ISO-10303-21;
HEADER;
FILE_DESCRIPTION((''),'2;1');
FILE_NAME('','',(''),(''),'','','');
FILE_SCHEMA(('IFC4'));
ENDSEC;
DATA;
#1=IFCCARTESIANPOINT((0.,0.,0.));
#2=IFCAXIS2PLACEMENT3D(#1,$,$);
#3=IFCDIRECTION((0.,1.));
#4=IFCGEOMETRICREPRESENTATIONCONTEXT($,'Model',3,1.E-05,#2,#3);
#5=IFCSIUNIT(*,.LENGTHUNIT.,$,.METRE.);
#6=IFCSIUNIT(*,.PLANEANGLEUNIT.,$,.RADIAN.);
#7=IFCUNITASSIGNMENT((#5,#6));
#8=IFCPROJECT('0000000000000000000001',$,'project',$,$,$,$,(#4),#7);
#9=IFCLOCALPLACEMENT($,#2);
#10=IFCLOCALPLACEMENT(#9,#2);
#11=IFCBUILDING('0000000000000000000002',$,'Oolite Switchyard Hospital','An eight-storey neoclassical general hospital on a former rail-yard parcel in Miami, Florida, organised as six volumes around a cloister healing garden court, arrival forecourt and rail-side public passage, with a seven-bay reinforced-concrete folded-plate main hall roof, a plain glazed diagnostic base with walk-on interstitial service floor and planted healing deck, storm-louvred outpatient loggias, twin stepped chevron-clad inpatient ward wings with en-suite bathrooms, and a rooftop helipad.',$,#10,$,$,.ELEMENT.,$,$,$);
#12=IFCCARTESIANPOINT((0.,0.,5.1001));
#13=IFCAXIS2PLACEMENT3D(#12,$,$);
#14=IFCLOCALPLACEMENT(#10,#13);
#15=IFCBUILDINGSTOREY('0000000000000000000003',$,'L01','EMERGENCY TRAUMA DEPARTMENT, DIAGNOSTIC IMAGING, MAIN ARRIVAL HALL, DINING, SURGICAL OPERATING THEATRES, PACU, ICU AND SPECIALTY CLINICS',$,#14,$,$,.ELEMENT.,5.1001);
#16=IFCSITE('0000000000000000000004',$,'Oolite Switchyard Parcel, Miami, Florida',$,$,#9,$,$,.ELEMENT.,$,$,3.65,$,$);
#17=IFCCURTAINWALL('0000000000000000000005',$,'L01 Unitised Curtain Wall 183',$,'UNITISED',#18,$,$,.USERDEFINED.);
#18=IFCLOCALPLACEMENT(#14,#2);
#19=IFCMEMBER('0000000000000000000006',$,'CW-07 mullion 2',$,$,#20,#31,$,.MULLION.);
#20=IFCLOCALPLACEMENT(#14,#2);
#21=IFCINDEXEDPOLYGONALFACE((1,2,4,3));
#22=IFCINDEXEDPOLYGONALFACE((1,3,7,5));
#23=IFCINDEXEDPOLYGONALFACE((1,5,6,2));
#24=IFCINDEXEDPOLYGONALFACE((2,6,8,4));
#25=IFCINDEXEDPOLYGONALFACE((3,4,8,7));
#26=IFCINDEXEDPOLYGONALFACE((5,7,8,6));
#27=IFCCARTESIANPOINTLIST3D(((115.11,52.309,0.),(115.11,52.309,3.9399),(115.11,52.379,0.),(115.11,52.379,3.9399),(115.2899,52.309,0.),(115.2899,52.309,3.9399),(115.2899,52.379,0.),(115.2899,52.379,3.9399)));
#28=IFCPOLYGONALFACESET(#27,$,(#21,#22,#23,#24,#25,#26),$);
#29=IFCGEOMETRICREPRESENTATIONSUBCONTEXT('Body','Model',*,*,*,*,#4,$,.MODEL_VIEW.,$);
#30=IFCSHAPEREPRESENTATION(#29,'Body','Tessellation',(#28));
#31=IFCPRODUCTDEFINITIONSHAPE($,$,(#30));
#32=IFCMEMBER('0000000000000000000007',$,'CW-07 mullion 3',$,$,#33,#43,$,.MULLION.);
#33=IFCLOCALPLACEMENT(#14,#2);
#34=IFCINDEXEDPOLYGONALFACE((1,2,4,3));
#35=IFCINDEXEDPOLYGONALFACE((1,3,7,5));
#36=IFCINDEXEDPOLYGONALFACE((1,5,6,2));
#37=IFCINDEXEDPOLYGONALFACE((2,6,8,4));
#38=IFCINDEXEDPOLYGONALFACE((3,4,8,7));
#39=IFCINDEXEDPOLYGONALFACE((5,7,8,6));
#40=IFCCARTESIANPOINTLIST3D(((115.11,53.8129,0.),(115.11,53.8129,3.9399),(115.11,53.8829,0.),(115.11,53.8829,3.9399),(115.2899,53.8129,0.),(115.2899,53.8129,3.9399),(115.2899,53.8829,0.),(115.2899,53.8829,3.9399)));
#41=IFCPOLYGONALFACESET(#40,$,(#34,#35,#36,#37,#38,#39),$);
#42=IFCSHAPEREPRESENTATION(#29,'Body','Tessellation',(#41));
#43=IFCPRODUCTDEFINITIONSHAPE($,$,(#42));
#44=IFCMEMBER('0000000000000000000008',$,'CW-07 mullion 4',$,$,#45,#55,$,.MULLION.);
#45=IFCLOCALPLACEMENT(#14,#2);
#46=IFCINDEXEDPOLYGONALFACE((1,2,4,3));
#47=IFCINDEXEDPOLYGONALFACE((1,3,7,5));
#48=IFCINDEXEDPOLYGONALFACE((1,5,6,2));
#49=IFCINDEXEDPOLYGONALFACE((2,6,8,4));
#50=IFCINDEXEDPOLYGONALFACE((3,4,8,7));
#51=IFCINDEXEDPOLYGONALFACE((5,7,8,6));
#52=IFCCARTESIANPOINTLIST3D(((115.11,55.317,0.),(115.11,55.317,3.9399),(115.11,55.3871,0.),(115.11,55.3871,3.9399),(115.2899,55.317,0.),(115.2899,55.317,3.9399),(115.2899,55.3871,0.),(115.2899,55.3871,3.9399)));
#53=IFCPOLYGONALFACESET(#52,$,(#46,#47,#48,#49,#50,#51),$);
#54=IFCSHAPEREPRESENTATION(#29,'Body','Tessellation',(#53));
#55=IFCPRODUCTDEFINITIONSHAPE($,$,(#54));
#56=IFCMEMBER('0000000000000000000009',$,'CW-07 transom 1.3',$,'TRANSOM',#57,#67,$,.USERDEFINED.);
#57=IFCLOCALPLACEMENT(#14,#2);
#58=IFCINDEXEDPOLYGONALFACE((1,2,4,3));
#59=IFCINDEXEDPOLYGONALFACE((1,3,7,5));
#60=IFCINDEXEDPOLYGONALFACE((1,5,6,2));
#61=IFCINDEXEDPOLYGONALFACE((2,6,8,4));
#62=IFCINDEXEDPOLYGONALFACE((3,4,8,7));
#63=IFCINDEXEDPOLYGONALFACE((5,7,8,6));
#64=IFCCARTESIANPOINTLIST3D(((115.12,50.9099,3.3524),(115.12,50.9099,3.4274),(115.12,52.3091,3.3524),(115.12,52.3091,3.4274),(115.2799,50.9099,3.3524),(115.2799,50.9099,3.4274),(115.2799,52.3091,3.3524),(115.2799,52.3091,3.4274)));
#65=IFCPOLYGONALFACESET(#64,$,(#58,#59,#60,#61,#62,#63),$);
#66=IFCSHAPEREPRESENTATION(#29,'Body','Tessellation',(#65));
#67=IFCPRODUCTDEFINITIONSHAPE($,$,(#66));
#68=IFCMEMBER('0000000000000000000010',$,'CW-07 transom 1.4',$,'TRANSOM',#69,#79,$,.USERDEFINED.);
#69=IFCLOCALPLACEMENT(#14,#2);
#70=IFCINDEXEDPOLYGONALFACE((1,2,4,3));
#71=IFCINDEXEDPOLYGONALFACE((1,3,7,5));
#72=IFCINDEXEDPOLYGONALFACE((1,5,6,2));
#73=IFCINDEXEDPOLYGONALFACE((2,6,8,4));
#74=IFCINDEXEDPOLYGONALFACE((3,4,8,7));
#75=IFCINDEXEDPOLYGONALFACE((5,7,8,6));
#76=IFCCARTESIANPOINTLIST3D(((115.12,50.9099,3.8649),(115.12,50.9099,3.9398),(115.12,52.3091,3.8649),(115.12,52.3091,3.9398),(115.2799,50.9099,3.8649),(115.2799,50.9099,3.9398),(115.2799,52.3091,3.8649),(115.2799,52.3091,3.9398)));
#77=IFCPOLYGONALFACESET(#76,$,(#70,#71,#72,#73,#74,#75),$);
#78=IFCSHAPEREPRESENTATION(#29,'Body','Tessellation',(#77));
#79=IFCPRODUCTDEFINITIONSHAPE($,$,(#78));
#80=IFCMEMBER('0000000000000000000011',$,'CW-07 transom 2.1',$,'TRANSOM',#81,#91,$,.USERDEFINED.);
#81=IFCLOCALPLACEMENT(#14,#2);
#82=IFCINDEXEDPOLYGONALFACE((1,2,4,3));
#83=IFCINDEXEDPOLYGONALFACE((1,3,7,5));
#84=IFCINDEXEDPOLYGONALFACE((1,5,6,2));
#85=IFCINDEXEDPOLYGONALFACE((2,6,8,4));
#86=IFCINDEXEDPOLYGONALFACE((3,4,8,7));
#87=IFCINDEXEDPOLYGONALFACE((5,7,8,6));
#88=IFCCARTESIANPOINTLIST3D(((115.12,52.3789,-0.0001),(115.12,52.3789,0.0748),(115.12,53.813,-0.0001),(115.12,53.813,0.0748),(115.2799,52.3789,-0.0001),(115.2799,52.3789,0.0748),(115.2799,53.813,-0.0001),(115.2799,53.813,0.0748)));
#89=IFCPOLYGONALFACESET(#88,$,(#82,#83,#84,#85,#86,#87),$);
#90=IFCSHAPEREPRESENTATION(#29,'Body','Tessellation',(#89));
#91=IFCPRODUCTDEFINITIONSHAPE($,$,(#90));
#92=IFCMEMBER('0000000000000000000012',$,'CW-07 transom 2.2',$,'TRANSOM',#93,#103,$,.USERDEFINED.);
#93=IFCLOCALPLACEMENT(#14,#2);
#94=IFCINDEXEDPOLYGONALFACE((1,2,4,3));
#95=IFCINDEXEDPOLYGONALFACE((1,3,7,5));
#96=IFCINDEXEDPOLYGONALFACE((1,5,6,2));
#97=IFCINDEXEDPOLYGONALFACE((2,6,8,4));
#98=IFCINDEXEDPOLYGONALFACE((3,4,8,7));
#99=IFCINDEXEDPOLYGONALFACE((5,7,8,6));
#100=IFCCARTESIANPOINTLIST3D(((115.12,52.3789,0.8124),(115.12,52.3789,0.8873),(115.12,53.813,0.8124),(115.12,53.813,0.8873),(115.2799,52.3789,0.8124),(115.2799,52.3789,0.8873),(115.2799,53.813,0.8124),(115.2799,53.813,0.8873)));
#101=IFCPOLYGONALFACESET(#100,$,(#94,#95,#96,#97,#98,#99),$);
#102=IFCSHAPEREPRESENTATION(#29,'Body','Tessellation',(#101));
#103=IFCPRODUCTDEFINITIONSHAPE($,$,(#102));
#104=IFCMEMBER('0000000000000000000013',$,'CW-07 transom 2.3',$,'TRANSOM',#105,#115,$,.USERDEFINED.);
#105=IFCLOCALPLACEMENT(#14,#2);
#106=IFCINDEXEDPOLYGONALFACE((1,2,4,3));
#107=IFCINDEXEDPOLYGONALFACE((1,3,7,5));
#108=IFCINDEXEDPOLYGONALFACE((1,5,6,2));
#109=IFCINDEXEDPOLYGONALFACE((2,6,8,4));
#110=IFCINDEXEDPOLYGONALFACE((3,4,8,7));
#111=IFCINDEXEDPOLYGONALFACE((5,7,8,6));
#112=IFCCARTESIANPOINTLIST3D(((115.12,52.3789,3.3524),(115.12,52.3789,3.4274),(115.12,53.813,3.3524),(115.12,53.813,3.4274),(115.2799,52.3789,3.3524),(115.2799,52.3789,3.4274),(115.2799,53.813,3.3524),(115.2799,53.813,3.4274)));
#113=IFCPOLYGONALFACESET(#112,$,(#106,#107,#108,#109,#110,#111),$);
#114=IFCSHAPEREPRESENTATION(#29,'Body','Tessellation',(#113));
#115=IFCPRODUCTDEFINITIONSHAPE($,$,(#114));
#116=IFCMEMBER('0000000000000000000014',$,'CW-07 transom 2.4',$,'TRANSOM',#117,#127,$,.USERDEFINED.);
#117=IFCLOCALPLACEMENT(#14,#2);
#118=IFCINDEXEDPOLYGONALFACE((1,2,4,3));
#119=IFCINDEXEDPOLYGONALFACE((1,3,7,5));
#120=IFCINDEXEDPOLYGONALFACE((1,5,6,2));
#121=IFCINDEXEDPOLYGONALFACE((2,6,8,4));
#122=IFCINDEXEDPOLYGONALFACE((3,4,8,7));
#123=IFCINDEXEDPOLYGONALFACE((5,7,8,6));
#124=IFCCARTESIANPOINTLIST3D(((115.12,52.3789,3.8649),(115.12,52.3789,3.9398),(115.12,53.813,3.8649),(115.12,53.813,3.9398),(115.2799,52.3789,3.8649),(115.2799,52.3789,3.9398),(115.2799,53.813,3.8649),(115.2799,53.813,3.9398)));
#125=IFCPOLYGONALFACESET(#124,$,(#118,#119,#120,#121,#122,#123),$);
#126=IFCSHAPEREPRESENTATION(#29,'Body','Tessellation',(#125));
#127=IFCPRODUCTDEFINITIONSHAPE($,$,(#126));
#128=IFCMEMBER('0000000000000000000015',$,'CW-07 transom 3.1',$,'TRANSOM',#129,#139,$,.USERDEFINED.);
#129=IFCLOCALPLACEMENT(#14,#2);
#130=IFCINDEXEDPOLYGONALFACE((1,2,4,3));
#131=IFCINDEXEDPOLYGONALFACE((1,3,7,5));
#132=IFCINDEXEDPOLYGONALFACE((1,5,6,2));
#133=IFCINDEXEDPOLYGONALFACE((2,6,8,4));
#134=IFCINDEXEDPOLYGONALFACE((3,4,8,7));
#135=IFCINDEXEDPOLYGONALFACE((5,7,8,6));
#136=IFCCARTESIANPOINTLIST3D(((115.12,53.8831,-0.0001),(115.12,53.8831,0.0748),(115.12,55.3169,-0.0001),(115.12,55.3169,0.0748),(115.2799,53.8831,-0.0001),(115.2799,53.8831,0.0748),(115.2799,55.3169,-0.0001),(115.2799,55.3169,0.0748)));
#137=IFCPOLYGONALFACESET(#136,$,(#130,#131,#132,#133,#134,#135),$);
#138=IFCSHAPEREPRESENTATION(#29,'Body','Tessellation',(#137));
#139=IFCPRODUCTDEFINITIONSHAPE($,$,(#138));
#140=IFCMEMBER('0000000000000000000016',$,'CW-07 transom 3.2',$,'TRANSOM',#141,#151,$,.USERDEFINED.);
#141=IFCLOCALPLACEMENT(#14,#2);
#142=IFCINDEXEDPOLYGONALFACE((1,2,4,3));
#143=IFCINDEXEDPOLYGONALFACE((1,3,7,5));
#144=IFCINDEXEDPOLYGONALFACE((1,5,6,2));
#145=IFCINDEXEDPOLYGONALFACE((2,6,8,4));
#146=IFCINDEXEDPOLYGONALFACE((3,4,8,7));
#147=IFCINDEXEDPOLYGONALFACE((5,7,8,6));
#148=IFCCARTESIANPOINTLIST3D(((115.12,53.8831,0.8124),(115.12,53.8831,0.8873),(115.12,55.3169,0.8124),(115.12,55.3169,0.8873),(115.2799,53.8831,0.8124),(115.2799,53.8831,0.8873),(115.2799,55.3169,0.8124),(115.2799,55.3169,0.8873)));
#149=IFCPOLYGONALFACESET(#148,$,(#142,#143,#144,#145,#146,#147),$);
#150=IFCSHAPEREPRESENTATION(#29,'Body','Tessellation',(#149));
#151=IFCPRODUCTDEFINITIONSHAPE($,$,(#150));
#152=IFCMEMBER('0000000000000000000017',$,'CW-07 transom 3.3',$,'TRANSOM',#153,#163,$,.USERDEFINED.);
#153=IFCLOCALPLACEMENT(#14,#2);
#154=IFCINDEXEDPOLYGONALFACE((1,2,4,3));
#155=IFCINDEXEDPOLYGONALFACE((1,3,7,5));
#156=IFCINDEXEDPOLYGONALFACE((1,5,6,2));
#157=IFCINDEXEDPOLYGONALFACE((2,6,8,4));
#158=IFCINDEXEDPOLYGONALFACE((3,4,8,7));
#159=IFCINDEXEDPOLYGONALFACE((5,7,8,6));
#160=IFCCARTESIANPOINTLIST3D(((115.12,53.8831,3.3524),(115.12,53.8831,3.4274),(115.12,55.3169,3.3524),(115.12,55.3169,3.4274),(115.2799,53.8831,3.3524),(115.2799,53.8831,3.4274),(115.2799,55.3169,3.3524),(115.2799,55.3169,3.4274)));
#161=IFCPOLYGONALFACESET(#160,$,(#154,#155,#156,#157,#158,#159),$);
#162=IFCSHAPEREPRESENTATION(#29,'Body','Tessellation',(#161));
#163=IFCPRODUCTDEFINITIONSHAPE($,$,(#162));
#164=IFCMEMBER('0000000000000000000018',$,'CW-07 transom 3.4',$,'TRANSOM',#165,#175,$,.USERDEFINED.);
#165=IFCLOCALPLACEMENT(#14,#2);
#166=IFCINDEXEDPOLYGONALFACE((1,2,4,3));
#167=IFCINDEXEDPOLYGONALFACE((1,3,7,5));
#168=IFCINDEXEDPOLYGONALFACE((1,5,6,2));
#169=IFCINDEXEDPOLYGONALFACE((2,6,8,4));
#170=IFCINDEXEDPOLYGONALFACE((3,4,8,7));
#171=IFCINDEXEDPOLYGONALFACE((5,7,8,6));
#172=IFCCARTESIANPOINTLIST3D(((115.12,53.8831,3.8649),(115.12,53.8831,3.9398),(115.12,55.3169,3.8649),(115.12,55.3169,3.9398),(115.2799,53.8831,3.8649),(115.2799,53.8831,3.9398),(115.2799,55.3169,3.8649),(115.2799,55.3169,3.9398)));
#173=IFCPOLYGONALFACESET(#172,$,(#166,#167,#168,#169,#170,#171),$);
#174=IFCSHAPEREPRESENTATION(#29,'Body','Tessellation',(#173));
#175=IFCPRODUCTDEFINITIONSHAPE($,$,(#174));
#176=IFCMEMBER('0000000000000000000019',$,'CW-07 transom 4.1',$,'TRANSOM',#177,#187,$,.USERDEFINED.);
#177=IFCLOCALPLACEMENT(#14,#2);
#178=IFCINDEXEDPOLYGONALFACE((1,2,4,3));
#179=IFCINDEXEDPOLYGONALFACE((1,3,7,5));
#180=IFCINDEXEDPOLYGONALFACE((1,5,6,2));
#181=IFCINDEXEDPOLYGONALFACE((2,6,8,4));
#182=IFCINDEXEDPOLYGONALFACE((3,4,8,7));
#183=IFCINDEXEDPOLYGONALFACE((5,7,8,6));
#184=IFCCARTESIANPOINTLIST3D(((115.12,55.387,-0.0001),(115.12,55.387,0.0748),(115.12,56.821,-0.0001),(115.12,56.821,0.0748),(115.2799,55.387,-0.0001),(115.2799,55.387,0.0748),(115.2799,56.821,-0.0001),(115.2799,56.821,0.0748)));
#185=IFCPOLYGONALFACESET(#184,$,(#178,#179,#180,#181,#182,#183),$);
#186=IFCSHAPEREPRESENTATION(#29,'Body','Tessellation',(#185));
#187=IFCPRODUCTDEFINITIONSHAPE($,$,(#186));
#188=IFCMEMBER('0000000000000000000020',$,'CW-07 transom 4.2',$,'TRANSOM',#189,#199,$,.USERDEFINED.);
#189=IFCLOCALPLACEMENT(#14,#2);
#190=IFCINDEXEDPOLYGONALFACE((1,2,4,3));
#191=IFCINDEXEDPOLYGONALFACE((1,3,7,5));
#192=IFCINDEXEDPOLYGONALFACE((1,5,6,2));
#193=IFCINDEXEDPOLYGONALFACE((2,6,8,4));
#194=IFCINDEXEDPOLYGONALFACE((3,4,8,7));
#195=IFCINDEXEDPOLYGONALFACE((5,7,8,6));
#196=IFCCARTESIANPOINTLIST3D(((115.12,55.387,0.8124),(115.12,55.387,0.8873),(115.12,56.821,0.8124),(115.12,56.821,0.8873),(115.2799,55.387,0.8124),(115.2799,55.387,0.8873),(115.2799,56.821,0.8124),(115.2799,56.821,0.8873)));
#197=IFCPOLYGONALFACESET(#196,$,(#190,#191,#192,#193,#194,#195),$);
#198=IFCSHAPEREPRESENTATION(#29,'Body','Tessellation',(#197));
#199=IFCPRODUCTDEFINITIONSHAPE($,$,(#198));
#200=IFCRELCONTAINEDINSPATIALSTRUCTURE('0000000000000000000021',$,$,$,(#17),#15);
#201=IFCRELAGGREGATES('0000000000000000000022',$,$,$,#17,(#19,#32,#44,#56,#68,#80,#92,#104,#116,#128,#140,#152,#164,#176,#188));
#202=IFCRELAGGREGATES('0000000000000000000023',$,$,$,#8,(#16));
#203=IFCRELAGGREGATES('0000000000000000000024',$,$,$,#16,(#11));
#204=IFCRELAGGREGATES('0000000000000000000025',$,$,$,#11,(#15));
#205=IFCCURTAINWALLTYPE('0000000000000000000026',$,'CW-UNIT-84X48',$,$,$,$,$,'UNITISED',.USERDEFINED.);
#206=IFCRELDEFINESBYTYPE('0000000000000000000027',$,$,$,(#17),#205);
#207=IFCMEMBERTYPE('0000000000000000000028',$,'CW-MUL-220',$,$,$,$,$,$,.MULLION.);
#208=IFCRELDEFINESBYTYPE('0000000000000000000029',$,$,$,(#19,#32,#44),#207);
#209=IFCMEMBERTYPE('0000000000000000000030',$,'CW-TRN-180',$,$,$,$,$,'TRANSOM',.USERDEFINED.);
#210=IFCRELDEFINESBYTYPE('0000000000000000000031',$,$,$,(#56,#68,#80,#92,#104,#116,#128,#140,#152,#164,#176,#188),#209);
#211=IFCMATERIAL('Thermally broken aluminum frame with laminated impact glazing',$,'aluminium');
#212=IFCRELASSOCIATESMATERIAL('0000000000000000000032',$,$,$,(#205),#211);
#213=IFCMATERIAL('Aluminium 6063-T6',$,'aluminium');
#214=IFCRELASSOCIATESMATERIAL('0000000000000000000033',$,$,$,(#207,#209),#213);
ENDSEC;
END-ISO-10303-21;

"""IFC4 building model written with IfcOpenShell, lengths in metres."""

from ifc_helpers import new_model, si_unit, direction, frame, origin, origin_2d, place, context, subcontext, project, spatial, rectangle, extrude, material, material_profile, profile_set, type_object, element, aggregate, save


model = new_model("IFC4")

# Units and contexts
model_context = context("Model", 3, precision=1e-05, world=origin(), true_north=direction((0.0, 1.0)))
body_context = subcontext(model_context, "Body", "Model", "MODEL_VIEW")
ifc_project = project(units=[si_unit("LENGTHUNIT", "METRE"), si_unit("PLANEANGLEUNIT", "RADIAN")], contexts=[model_context])

# Site, building, storey
site_placement = place(None, origin())
site = spatial("IfcSite", under=ifc_project, at=site_placement, Name="Oolite Switchyard Parcel, Miami, Florida", CompositionType="ELEMENT", RefElevation=3.65)
building_placement = place(site_placement, origin())
building = spatial("IfcBuilding", under=site, at=building_placement, Name="Oolite Switchyard Hospital", Description="An eight-storey neoclassical general hospital on a former rail-yard parcel in Miami, Florida, organised as six volumes around a cloister healing garden court, arrival forecourt and rail-side public passage, with a seven-bay reinforced-concrete folded-plate main hall roof, a plain glazed diagnostic base with walk-on interstitial service floor and planted healing deck, storm-louvred outpatient loggias, twin stepped chevron-clad inpatient ward wings with en-suite bathrooms, and a rooftop helipad.", CompositionType="ELEMENT")
storey_placement = place(building_placement, frame((0.0, 0.0, 5.1001)))
storey = spatial("IfcBuildingStorey", under=building, at=storey_placement, Name="L01", Description="EMERGENCY TRAUMA DEPARTMENT, DIAGNOSTIC IMAGING, MAIN ARRIVAL HALL, DINING, SURGICAL OPERATING THEATRES, PACU, ICU AND SPECIALTY CLINICS", CompositionType="ELEMENT", Elevation=5.1001)

# Curtain wall, members
ifc_material_1 = material(Name="Thermally broken aluminum frame with laminated impact glazing", Category="aluminium")
curtain_wall_type = type_object("IfcCurtainWallType", Name="CW-UNIT-84X48", ElementType="UNITISED", PredefinedType="USERDEFINED", material=ifc_material_1)
curtain_wall_placement = place(storey_placement, origin())
curtain_wall = element("IfcCurtainWall", 1, at=curtain_wall_placement, inside=storey, type_object=curtain_wall_type, Name="L01 Unitised Curtain Wall 183", ObjectType="UNITISED", PredefinedType="USERDEFINED")
ifc_material_2 = material(Name="Aluminium 6063-T6", Category="aluminium")
ifc_material_profile_1 = material_profile(ifc_material_2, rectangle(XDim=0.1799, YDim=0.0701, at=origin_2d()), Name="CWM70X180")
ifc_profile_set_1 = profile_set([ifc_material_profile_1], Name="Aluminium 6063-T6")
member_type_1 = type_object("IfcMemberType", Name="CW-MUL-220", PredefinedType="MULLION", material=ifc_profile_set_1)
member_1_placement = place(storey_placement, frame((115.2, 52.344, 0.0), z_axis=(0.0, 0.0, 1.0), x_axis=(-1.0, 0.0, 0.0)))
member_1 = element("IfcMember", 2, at=member_1_placement, type_object=member_type_1, Name="CW-07 mullion 2", PredefinedType="MULLION", context=body_context, shape_type="SweptSolid", body=[
    extrude(rectangle(XDim=0.1799, YDim=0.0701, at=origin_2d()), origin(), (0.0, 0.0, 1.0), 3.9399),
])
member_2_placement = place(storey_placement, frame((115.2, 53.8479, 0.0), z_axis=(0.0, 0.0, 1.0), x_axis=(-1.0, 0.0, 0.0)))
member_2 = element("IfcMember", 3, at=member_2_placement, type_object=member_type_1, Name="CW-07 mullion 3", PredefinedType="MULLION", context=body_context, shape_type="SweptSolid", body=[
    extrude(rectangle(XDim=0.1799, YDim=0.0701, at=origin_2d()), origin(), (0.0, 0.0, 1.0), 3.9399),
])
member_3_placement = place(storey_placement, frame((115.2, 55.3521, 0.0), z_axis=(0.0, 0.0, 1.0), x_axis=(-1.0, 0.0, 0.0)))
member_3 = element("IfcMember", 4, at=member_3_placement, type_object=member_type_1, Name="CW-07 mullion 4", PredefinedType="MULLION", context=body_context, shape_type="SweptSolid", body=[
    extrude(rectangle(XDim=0.1799, YDim=0.0701, at=origin_2d()), origin(), (0.0, 0.0, 1.0), 3.9399),
])
ifc_material_profile_2 = material_profile(ifc_material_2, rectangle(XDim=0.1599, YDim=0.075, at=origin_2d()), Name="CWT75X160")
ifc_profile_set_2 = profile_set([ifc_material_profile_2], Name="Aluminium 6063-T6")
member_type_2 = type_object("IfcMemberType", Name="CW-TRN-180", ElementType="TRANSOM", PredefinedType="USERDEFINED", material=ifc_profile_set_2)
member_4_placement = place(storey_placement, frame((115.2, 50.9099, 3.3899), z_axis=(0.0, 1.0, 0.0), x_axis=(-1.0, 0.0, 0.0)))
member_4 = element("IfcMember", 5, at=member_4_placement, type_object=member_type_2, Name="CW-07 transom 1.3", ObjectType="TRANSOM", PredefinedType="USERDEFINED", context=body_context, shape_type="SweptSolid", body=[
    extrude(rectangle(XDim=0.1599, YDim=0.075, at=origin_2d()), origin(), (0.0, 0.0, 1.0), 1.3992),
])
member_5_placement = place(storey_placement, frame((115.2, 50.9099, 3.9023), z_axis=(0.0, 1.0, 0.0), x_axis=(-1.0, 0.0, 0.0)))
member_5 = element("IfcMember", 6, at=member_5_placement, type_object=member_type_2, Name="CW-07 transom 1.4", ObjectType="TRANSOM", PredefinedType="USERDEFINED", context=body_context, shape_type="SweptSolid", body=[
    extrude(rectangle(XDim=0.1599, YDim=0.075, at=origin_2d()), origin(), (0.0, 0.0, 1.0), 1.3992),
])
member_6_placement = place(storey_placement, frame((115.2, 52.3789, 0.0374), z_axis=(0.0, 1.0, 0.0), x_axis=(-1.0, 0.0, 0.0)))
member_6 = element("IfcMember", 7, at=member_6_placement, type_object=member_type_2, Name="CW-07 transom 2.1", ObjectType="TRANSOM", PredefinedType="USERDEFINED", context=body_context, shape_type="SweptSolid", body=[
    extrude(rectangle(XDim=0.1599, YDim=0.075, at=origin_2d()), origin(), (0.0, 0.0, 1.0), 1.4341),
])
member_7_placement = place(storey_placement, frame((115.2, 52.3789, 0.8499), z_axis=(0.0, 1.0, 0.0), x_axis=(-1.0, 0.0, 0.0)))
member_7 = element("IfcMember", 8, at=member_7_placement, type_object=member_type_2, Name="CW-07 transom 2.2", ObjectType="TRANSOM", PredefinedType="USERDEFINED", context=body_context, shape_type="SweptSolid", body=[
    extrude(rectangle(XDim=0.1599, YDim=0.075, at=origin_2d()), origin(), (0.0, 0.0, 1.0), 1.4341),
])
member_8_placement = place(storey_placement, frame((115.2, 52.3789, 3.3899), z_axis=(0.0, 1.0, 0.0), x_axis=(-1.0, 0.0, 0.0)))
member_8 = element("IfcMember", 9, at=member_8_placement, type_object=member_type_2, Name="CW-07 transom 2.3", ObjectType="TRANSOM", PredefinedType="USERDEFINED", context=body_context, shape_type="SweptSolid", body=[
    extrude(rectangle(XDim=0.1599, YDim=0.075, at=origin_2d()), origin(), (0.0, 0.0, 1.0), 1.4341),
])
member_9_placement = place(storey_placement, frame((115.2, 52.3789, 3.9023), z_axis=(0.0, 1.0, 0.0), x_axis=(-1.0, 0.0, 0.0)))
member_9 = element("IfcMember", 10, at=member_9_placement, type_object=member_type_2, Name="CW-07 transom 2.4", ObjectType="TRANSOM", PredefinedType="USERDEFINED", context=body_context, shape_type="SweptSolid", body=[
    extrude(rectangle(XDim=0.1599, YDim=0.075, at=origin_2d()), origin(), (0.0, 0.0, 1.0), 1.4341),
])
member_10_placement = place(storey_placement, frame((115.2, 53.8831, 0.0374), z_axis=(0.0, 1.0, 0.0), x_axis=(-1.0, 0.0, 0.0)))
member_10 = element("IfcMember", 11, at=member_10_placement, type_object=member_type_2, Name="CW-07 transom 3.1", ObjectType="TRANSOM", PredefinedType="USERDEFINED", context=body_context, shape_type="SweptSolid", body=[
    extrude(rectangle(XDim=0.1599, YDim=0.075, at=origin_2d()), origin(), (0.0, 0.0, 1.0), 1.4338),
])
member_11_placement = place(storey_placement, frame((115.2, 53.8831, 0.8499), z_axis=(0.0, 1.0, 0.0), x_axis=(-1.0, 0.0, 0.0)))
member_11 = element("IfcMember", 12, at=member_11_placement, type_object=member_type_2, Name="CW-07 transom 3.2", ObjectType="TRANSOM", PredefinedType="USERDEFINED", context=body_context, shape_type="SweptSolid", body=[
    extrude(rectangle(XDim=0.1599, YDim=0.075, at=origin_2d()), origin(), (0.0, 0.0, 1.0), 1.4338),
])
member_12_placement = place(storey_placement, frame((115.2, 53.8831, 3.3899), z_axis=(0.0, 1.0, 0.0), x_axis=(-1.0, 0.0, 0.0)))
member_12 = element("IfcMember", 13, at=member_12_placement, type_object=member_type_2, Name="CW-07 transom 3.3", ObjectType="TRANSOM", PredefinedType="USERDEFINED", context=body_context, shape_type="SweptSolid", body=[
    extrude(rectangle(XDim=0.1599, YDim=0.075, at=origin_2d()), origin(), (0.0, 0.0, 1.0), 1.4338),
])
member_13_placement = place(storey_placement, frame((115.2, 53.8831, 3.9023), z_axis=(0.0, 1.0, 0.0), x_axis=(-1.0, 0.0, 0.0)))
member_13 = element("IfcMember", 14, at=member_13_placement, type_object=member_type_2, Name="CW-07 transom 3.4", ObjectType="TRANSOM", PredefinedType="USERDEFINED", context=body_context, shape_type="SweptSolid", body=[
    extrude(rectangle(XDim=0.1599, YDim=0.075, at=origin_2d()), origin(), (0.0, 0.0, 1.0), 1.4338),
])
member_14_placement = place(storey_placement, frame((115.2, 55.387, 0.0374), z_axis=(0.0, 1.0, 0.0), x_axis=(-1.0, 0.0, 0.0)))
member_14 = element("IfcMember", 15, at=member_14_placement, type_object=member_type_2, Name="CW-07 transom 4.1", ObjectType="TRANSOM", PredefinedType="USERDEFINED", context=body_context, shape_type="SweptSolid", body=[
    extrude(rectangle(XDim=0.1599, YDim=0.075, at=origin_2d()), origin(), (0.0, 0.0, 1.0), 1.4341),
])
member_15_placement = place(storey_placement, frame((115.2, 55.387, 0.8499), z_axis=(0.0, 1.0, 0.0), x_axis=(-1.0, 0.0, 0.0)))
member_15 = element("IfcMember", 16, at=member_15_placement, type_object=member_type_2, Name="CW-07 transom 4.2", ObjectType="TRANSOM", PredefinedType="USERDEFINED", context=body_context, shape_type="SweptSolid", body=[
    extrude(rectangle(XDim=0.1599, YDim=0.075, at=origin_2d()), origin(), (0.0, 0.0, 1.0), 1.4341),
])
aggregate(curtain_wall, [member_1, member_2, member_3, member_4, member_5, member_6, member_7, member_8, member_9, member_10, member_11, member_12, member_13, member_14, member_15])

save(model, "model.ifc")
